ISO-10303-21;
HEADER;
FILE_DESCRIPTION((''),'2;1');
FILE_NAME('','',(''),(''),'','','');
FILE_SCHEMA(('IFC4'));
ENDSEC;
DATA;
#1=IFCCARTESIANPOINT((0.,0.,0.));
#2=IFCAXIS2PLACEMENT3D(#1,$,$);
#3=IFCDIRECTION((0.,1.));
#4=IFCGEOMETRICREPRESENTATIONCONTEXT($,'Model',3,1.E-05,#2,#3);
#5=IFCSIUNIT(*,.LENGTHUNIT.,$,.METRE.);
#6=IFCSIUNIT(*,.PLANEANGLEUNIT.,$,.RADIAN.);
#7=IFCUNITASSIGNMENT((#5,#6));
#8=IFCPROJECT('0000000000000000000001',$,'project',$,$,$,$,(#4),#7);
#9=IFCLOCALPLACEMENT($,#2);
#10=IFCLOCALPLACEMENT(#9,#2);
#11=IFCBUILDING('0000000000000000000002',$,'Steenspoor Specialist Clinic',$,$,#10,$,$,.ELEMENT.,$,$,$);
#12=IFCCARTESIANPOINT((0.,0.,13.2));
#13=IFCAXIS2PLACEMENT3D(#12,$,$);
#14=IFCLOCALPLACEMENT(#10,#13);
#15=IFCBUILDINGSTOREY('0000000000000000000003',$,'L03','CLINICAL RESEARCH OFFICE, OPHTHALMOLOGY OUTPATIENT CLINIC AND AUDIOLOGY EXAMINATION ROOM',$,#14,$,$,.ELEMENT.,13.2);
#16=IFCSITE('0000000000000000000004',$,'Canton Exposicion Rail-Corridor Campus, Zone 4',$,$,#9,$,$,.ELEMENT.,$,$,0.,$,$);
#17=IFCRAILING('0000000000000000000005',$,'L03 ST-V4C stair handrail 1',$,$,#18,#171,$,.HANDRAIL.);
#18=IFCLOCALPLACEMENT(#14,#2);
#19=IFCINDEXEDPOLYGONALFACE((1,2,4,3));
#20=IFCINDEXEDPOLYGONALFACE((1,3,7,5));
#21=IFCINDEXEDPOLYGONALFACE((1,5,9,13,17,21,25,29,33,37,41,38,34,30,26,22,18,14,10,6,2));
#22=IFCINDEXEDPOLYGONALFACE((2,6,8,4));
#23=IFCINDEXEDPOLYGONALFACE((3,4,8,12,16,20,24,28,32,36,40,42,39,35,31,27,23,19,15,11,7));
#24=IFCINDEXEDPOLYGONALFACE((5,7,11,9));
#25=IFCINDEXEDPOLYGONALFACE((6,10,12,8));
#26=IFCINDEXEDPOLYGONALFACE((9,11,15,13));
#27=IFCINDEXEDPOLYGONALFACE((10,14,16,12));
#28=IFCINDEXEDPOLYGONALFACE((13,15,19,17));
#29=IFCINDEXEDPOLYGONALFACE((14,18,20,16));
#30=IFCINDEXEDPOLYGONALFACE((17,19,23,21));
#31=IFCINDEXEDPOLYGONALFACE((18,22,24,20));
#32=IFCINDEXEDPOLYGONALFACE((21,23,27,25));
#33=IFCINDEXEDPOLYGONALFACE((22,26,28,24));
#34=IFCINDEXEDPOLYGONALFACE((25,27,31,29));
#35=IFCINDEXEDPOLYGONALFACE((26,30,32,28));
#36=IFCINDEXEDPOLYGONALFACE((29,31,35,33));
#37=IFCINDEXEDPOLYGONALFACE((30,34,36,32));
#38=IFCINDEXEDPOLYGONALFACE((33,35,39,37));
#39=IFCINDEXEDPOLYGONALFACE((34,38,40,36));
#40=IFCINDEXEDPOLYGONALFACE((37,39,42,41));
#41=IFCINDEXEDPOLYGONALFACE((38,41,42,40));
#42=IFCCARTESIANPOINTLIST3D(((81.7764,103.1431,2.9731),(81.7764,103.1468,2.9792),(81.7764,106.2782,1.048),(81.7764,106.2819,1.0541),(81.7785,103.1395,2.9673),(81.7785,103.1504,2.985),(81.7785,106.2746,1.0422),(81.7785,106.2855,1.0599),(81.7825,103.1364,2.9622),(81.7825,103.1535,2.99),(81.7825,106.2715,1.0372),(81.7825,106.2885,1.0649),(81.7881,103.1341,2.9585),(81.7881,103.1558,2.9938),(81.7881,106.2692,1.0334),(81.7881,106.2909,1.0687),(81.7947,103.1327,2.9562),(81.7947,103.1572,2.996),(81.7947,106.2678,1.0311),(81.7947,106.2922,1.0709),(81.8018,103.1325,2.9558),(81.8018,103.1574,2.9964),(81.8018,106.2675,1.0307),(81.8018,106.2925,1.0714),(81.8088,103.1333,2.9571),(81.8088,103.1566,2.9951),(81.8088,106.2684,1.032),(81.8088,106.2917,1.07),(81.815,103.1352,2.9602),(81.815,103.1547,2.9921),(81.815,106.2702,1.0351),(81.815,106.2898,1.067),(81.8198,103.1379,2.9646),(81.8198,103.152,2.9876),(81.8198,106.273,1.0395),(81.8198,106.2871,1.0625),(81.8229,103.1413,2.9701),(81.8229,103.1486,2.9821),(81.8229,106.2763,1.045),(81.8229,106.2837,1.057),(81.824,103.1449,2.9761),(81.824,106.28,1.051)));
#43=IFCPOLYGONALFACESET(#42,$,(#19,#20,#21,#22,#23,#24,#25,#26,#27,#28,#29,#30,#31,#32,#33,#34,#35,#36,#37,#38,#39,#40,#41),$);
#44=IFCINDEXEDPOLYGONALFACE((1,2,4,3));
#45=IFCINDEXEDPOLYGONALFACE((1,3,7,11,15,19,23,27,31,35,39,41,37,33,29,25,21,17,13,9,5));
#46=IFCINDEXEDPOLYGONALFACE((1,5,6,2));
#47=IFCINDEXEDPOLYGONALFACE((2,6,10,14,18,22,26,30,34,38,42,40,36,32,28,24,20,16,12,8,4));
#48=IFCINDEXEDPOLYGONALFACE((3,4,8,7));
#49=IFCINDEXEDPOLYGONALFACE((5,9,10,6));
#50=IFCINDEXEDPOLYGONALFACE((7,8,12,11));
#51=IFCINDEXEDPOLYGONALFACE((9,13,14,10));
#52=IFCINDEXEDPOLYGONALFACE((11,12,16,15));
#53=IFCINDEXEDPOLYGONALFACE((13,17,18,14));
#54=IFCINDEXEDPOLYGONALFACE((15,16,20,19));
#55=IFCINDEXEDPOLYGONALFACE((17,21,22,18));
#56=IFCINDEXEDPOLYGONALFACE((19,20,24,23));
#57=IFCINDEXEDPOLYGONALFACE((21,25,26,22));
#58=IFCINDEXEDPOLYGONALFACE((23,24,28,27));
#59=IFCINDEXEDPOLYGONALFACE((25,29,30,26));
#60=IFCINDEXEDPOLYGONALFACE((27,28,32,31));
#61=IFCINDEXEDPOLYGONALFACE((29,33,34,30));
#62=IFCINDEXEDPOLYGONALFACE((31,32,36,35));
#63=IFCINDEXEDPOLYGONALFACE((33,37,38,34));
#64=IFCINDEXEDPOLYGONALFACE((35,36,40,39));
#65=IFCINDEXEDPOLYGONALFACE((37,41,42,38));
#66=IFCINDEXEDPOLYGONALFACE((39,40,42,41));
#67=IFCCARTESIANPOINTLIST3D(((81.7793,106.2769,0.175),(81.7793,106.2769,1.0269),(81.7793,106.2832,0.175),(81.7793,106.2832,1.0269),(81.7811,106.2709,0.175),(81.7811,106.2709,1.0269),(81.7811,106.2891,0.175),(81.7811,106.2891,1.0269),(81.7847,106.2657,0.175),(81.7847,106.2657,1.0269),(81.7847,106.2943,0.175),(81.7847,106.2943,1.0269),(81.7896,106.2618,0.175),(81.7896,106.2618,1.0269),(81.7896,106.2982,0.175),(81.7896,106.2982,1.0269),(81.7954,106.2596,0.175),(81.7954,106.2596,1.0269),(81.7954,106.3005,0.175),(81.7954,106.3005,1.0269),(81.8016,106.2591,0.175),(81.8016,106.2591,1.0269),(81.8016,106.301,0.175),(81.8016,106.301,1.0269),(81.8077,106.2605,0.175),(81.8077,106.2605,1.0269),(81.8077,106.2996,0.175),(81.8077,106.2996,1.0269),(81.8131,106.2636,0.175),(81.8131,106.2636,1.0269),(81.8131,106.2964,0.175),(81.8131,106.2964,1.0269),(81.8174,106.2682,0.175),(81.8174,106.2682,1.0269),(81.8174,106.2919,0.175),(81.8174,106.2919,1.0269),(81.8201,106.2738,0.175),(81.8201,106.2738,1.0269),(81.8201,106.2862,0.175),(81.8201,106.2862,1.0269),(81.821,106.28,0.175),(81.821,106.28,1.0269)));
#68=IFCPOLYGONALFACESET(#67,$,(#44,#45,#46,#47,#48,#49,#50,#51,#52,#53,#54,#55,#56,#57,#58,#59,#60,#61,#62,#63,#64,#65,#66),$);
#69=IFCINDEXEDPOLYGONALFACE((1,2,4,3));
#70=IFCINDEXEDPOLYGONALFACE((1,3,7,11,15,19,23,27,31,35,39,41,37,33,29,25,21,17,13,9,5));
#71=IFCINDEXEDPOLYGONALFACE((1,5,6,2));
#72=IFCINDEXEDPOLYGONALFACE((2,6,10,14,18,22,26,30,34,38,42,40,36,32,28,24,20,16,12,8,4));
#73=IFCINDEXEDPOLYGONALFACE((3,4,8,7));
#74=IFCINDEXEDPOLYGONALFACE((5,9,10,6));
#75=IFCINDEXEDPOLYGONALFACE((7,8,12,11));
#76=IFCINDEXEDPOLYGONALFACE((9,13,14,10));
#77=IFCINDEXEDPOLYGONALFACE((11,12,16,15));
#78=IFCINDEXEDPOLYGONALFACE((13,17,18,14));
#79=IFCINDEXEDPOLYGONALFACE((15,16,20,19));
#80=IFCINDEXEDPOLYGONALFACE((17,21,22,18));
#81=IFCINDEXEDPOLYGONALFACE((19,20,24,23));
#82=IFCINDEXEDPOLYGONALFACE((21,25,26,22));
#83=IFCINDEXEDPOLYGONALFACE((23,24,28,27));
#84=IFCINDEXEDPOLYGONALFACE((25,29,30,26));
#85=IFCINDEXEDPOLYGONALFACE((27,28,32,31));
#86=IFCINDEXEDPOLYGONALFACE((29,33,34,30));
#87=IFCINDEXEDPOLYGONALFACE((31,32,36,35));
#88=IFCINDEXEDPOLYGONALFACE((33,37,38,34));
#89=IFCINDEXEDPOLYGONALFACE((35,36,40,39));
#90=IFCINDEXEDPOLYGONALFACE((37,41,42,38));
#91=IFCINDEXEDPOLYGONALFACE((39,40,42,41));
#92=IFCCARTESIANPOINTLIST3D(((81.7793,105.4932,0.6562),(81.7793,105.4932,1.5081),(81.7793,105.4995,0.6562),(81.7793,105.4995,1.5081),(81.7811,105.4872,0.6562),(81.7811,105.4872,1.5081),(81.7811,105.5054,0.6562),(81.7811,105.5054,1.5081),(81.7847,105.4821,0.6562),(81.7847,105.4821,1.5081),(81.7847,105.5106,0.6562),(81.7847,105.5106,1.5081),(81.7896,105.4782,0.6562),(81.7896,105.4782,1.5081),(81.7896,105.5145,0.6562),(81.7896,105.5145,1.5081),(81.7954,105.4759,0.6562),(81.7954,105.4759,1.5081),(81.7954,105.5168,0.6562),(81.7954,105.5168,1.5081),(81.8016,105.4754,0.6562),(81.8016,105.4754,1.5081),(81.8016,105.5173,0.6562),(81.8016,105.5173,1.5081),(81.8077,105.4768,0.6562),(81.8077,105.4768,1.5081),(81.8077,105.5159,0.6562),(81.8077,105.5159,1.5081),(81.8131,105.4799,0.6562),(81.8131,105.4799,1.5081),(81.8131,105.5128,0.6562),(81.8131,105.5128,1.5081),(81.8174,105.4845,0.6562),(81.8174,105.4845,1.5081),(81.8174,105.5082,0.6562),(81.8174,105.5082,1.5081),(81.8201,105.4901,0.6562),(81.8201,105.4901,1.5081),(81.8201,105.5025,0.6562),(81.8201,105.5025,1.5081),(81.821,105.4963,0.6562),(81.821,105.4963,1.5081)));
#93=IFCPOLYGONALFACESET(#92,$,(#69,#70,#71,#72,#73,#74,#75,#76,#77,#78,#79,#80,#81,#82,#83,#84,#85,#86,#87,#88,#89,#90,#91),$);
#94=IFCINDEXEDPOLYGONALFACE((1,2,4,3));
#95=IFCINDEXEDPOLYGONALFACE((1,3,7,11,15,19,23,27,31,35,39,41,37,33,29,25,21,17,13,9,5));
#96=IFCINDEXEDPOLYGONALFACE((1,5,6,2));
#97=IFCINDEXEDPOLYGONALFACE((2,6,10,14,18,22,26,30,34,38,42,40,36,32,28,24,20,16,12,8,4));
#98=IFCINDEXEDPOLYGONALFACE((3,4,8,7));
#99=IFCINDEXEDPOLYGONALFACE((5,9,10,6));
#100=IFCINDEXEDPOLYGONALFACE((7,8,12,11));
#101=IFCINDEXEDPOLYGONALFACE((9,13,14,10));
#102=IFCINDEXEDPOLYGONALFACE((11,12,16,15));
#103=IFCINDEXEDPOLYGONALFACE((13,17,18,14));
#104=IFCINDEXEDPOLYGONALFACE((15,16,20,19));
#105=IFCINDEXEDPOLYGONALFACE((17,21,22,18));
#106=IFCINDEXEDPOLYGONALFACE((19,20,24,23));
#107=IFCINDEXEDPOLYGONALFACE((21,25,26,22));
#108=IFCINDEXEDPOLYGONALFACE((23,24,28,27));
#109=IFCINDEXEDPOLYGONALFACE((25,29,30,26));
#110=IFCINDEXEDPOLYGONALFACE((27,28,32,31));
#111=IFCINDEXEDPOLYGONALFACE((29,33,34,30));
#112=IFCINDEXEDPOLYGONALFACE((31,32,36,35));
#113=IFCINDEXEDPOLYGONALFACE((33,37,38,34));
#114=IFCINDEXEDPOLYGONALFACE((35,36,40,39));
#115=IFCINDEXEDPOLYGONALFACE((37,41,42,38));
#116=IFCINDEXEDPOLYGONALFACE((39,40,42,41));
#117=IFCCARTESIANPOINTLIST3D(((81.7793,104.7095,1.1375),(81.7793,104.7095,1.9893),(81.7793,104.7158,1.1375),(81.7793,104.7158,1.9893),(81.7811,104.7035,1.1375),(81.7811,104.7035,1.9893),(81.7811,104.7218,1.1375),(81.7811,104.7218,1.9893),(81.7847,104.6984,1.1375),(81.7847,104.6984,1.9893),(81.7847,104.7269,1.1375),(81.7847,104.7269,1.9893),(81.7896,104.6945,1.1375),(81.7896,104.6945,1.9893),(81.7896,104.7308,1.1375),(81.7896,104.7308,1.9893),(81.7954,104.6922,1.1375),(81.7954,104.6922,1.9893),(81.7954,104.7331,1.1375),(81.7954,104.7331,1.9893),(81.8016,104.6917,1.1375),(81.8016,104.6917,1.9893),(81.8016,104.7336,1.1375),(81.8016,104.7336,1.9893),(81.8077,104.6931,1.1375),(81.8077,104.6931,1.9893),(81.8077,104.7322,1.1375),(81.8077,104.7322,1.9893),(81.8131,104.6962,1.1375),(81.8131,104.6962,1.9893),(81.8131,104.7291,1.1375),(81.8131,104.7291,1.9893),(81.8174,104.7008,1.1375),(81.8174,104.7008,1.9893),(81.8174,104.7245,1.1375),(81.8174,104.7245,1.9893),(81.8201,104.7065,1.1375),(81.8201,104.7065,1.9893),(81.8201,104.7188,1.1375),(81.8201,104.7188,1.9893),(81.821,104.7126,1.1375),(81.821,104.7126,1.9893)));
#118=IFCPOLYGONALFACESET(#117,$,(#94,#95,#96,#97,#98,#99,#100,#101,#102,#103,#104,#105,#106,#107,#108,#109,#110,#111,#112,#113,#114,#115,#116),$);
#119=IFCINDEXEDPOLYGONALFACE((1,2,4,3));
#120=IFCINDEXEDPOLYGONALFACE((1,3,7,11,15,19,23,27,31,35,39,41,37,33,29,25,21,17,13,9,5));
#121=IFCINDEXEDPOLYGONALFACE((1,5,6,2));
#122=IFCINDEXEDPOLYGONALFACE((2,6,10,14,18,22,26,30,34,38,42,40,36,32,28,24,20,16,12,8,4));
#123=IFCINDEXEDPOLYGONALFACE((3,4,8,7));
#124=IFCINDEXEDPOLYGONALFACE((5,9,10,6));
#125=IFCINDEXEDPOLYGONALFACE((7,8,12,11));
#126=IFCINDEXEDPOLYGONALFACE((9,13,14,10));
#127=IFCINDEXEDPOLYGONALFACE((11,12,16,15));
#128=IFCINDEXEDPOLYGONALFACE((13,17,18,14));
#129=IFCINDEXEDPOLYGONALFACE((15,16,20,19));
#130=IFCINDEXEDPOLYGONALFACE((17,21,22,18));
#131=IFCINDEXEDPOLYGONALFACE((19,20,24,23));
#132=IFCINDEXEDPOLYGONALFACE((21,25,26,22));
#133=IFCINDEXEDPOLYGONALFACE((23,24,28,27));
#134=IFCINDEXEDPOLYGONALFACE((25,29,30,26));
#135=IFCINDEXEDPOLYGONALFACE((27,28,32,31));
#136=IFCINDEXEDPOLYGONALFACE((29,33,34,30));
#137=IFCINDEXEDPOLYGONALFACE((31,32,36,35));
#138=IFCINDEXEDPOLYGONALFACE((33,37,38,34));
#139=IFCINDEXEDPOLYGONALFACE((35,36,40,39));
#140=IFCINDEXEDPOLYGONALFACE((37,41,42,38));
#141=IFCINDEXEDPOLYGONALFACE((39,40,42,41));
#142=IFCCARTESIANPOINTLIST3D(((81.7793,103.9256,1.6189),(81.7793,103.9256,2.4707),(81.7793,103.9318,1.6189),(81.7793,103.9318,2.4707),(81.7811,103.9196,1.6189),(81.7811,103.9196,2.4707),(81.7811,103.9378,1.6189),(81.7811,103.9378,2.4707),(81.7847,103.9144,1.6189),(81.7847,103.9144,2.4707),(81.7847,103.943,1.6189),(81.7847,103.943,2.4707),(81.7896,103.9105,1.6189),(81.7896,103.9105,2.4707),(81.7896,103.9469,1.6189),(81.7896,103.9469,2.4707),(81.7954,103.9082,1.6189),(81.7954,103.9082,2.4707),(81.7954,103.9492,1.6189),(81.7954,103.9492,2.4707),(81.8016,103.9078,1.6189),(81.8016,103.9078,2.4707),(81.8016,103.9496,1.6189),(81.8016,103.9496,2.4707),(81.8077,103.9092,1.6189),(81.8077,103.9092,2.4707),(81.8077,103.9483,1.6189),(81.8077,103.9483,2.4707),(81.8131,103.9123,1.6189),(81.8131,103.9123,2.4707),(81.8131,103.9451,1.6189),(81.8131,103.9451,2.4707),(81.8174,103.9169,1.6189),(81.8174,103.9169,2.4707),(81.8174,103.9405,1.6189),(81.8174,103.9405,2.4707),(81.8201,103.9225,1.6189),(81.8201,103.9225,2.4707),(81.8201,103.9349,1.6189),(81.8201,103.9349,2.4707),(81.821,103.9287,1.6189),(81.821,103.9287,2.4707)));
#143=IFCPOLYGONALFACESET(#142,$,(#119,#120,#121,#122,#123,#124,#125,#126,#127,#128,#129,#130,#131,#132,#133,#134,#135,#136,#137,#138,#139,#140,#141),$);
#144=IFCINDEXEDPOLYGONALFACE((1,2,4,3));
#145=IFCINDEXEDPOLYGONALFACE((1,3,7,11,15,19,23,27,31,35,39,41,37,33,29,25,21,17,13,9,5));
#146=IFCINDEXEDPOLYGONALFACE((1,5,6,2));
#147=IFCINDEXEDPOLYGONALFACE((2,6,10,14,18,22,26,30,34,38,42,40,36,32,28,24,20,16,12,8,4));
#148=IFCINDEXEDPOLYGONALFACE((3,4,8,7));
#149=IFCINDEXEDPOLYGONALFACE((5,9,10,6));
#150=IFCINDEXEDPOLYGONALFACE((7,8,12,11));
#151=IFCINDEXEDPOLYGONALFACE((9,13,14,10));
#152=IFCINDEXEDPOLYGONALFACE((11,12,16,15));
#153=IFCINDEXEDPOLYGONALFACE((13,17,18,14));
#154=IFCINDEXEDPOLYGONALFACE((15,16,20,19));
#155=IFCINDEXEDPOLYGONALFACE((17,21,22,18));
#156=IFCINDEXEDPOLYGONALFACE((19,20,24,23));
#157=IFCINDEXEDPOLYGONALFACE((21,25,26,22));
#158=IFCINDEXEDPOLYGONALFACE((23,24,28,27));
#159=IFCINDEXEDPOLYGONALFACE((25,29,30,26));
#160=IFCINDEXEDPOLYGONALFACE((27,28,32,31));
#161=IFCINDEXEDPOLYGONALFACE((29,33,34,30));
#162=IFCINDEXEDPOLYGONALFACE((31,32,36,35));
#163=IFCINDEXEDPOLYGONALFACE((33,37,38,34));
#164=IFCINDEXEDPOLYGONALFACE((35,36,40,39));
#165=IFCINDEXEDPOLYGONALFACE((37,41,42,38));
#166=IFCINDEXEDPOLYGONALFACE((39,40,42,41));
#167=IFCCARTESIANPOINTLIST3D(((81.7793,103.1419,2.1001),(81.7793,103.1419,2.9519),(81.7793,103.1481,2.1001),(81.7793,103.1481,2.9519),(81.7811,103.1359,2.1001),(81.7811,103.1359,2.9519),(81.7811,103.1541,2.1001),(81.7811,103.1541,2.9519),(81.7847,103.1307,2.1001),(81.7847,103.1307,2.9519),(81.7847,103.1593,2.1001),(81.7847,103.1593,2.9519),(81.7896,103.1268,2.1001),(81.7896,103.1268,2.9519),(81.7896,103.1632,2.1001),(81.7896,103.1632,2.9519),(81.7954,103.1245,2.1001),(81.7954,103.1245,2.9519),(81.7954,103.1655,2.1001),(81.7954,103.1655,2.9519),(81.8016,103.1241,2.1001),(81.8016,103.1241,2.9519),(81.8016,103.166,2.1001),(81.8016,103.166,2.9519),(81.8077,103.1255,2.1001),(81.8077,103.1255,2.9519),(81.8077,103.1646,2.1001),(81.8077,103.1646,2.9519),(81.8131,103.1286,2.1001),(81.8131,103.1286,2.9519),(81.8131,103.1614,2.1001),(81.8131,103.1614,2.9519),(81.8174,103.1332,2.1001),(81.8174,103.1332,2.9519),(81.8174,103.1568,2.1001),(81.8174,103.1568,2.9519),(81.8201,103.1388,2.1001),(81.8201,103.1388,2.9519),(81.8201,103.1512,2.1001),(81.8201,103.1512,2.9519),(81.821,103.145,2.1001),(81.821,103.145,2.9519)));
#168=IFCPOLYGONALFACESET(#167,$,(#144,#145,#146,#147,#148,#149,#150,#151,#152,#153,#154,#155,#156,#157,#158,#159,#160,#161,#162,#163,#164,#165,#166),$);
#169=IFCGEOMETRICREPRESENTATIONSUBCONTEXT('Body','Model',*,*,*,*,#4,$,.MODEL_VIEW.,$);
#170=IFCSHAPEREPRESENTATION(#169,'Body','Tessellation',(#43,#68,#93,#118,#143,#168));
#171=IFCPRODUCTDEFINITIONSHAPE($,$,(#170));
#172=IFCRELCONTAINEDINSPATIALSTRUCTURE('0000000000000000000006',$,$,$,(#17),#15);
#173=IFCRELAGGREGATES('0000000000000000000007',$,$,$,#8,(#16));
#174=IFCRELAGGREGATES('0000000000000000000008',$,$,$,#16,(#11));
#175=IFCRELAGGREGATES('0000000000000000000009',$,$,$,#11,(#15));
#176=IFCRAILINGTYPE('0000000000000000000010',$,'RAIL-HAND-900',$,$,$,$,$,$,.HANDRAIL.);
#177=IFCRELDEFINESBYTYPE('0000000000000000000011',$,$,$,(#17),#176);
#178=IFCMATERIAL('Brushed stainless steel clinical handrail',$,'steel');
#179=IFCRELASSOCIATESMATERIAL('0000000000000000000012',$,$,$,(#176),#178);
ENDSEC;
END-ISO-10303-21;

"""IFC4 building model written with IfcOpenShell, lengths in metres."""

from ifc_helpers import new_model, si_unit, direction, frame, origin, origin_2d, place, context, subcontext, project, spatial, circle, extrude, material, type_object, element, save


model = new_model("IFC4")

# Units and contexts
model_context = context("Model", 3, precision=1e-05, world=origin(), true_north=direction((0.0, 1.0)))
body_context = subcontext(model_context, "Body", "Model", "MODEL_VIEW")
ifc_project = project(units=[si_unit("LENGTHUNIT", "METRE"), si_unit("PLANEANGLEUNIT", "RADIAN")], contexts=[model_context])

# Site, building, storey
site_placement = place(None, origin())
site = spatial("IfcSite", under=ifc_project, at=site_placement, Name="Canton Exposicion Rail-Corridor Campus, Zone 4", CompositionType="ELEMENT", RefElevation=0.0)
building_placement = place(site_placement, origin())
building = spatial("IfcBuilding", under=site, at=building_placement, Name="Steenspoor Specialist Clinic", CompositionType="ELEMENT")
storey_placement = place(building_placement, frame((0.0, 0.0, 13.2)))
storey = spatial("IfcBuildingStorey", under=building, at=storey_placement, Name="L03", Description="CLINICAL RESEARCH OFFICE, OPHTHALMOLOGY OUTPATIENT CLINIC AND AUDIOLOGY EXAMINATION ROOM", CompositionType="ELEMENT", Elevation=13.2)

# Railing
ifc_material_1 = material(Name="Brushed stainless steel clinical handrail", Category="steel")
railing_type_1 = type_object("IfcRailingType", Name="RAIL-HAND-900", PredefinedType="HANDRAIL", material=ifc_material_1)
railing_1_placement = place(storey_placement, frame((81.8, 106.28, 0.175)))
element("IfcRailing", 1, at=railing_1_placement, inside=storey, type_object=railing_type_1, Name="L03 ST-V4C stair handrail 1", PredefinedType="HANDRAIL", context=body_context, shape_type="SweptSolid", body=[
    extrude(circle(Radius=0.0239, at=origin_2d()), frame((0.0, 0.0, 0.876), z_axis=(0.0, -0.852166, 0.523271), x_axis=(1.0, 0.0, 0.0)), (0.0, 0.0, 1.0), 3.679),
    extrude(circle(Radius=0.021, at=origin_2d()), origin(), (0.0, 0.0, 1.0), 0.8518),
    extrude(circle(Radius=0.021, at=origin_2d()), frame((0.0, -0.7837, 0.4812)), (0.0, 0.0, 1.0), 0.8518),
    extrude(circle(Radius=0.021, at=origin_2d()), frame((0.0, -1.5674, 0.9624)), (0.0, 0.0, 1.0), 0.8518),
    extrude(circle(Radius=0.021, at=origin_2d()), frame((0.0, -2.3513, 1.4438)), (0.0, 0.0, 1.0), 0.8518),
    extrude(circle(Radius=0.021, at=origin_2d()), frame((0.0, -3.135, 1.925)), (0.0, 0.0, 1.0), 0.8518),
])

save(model, "model.ifc")
